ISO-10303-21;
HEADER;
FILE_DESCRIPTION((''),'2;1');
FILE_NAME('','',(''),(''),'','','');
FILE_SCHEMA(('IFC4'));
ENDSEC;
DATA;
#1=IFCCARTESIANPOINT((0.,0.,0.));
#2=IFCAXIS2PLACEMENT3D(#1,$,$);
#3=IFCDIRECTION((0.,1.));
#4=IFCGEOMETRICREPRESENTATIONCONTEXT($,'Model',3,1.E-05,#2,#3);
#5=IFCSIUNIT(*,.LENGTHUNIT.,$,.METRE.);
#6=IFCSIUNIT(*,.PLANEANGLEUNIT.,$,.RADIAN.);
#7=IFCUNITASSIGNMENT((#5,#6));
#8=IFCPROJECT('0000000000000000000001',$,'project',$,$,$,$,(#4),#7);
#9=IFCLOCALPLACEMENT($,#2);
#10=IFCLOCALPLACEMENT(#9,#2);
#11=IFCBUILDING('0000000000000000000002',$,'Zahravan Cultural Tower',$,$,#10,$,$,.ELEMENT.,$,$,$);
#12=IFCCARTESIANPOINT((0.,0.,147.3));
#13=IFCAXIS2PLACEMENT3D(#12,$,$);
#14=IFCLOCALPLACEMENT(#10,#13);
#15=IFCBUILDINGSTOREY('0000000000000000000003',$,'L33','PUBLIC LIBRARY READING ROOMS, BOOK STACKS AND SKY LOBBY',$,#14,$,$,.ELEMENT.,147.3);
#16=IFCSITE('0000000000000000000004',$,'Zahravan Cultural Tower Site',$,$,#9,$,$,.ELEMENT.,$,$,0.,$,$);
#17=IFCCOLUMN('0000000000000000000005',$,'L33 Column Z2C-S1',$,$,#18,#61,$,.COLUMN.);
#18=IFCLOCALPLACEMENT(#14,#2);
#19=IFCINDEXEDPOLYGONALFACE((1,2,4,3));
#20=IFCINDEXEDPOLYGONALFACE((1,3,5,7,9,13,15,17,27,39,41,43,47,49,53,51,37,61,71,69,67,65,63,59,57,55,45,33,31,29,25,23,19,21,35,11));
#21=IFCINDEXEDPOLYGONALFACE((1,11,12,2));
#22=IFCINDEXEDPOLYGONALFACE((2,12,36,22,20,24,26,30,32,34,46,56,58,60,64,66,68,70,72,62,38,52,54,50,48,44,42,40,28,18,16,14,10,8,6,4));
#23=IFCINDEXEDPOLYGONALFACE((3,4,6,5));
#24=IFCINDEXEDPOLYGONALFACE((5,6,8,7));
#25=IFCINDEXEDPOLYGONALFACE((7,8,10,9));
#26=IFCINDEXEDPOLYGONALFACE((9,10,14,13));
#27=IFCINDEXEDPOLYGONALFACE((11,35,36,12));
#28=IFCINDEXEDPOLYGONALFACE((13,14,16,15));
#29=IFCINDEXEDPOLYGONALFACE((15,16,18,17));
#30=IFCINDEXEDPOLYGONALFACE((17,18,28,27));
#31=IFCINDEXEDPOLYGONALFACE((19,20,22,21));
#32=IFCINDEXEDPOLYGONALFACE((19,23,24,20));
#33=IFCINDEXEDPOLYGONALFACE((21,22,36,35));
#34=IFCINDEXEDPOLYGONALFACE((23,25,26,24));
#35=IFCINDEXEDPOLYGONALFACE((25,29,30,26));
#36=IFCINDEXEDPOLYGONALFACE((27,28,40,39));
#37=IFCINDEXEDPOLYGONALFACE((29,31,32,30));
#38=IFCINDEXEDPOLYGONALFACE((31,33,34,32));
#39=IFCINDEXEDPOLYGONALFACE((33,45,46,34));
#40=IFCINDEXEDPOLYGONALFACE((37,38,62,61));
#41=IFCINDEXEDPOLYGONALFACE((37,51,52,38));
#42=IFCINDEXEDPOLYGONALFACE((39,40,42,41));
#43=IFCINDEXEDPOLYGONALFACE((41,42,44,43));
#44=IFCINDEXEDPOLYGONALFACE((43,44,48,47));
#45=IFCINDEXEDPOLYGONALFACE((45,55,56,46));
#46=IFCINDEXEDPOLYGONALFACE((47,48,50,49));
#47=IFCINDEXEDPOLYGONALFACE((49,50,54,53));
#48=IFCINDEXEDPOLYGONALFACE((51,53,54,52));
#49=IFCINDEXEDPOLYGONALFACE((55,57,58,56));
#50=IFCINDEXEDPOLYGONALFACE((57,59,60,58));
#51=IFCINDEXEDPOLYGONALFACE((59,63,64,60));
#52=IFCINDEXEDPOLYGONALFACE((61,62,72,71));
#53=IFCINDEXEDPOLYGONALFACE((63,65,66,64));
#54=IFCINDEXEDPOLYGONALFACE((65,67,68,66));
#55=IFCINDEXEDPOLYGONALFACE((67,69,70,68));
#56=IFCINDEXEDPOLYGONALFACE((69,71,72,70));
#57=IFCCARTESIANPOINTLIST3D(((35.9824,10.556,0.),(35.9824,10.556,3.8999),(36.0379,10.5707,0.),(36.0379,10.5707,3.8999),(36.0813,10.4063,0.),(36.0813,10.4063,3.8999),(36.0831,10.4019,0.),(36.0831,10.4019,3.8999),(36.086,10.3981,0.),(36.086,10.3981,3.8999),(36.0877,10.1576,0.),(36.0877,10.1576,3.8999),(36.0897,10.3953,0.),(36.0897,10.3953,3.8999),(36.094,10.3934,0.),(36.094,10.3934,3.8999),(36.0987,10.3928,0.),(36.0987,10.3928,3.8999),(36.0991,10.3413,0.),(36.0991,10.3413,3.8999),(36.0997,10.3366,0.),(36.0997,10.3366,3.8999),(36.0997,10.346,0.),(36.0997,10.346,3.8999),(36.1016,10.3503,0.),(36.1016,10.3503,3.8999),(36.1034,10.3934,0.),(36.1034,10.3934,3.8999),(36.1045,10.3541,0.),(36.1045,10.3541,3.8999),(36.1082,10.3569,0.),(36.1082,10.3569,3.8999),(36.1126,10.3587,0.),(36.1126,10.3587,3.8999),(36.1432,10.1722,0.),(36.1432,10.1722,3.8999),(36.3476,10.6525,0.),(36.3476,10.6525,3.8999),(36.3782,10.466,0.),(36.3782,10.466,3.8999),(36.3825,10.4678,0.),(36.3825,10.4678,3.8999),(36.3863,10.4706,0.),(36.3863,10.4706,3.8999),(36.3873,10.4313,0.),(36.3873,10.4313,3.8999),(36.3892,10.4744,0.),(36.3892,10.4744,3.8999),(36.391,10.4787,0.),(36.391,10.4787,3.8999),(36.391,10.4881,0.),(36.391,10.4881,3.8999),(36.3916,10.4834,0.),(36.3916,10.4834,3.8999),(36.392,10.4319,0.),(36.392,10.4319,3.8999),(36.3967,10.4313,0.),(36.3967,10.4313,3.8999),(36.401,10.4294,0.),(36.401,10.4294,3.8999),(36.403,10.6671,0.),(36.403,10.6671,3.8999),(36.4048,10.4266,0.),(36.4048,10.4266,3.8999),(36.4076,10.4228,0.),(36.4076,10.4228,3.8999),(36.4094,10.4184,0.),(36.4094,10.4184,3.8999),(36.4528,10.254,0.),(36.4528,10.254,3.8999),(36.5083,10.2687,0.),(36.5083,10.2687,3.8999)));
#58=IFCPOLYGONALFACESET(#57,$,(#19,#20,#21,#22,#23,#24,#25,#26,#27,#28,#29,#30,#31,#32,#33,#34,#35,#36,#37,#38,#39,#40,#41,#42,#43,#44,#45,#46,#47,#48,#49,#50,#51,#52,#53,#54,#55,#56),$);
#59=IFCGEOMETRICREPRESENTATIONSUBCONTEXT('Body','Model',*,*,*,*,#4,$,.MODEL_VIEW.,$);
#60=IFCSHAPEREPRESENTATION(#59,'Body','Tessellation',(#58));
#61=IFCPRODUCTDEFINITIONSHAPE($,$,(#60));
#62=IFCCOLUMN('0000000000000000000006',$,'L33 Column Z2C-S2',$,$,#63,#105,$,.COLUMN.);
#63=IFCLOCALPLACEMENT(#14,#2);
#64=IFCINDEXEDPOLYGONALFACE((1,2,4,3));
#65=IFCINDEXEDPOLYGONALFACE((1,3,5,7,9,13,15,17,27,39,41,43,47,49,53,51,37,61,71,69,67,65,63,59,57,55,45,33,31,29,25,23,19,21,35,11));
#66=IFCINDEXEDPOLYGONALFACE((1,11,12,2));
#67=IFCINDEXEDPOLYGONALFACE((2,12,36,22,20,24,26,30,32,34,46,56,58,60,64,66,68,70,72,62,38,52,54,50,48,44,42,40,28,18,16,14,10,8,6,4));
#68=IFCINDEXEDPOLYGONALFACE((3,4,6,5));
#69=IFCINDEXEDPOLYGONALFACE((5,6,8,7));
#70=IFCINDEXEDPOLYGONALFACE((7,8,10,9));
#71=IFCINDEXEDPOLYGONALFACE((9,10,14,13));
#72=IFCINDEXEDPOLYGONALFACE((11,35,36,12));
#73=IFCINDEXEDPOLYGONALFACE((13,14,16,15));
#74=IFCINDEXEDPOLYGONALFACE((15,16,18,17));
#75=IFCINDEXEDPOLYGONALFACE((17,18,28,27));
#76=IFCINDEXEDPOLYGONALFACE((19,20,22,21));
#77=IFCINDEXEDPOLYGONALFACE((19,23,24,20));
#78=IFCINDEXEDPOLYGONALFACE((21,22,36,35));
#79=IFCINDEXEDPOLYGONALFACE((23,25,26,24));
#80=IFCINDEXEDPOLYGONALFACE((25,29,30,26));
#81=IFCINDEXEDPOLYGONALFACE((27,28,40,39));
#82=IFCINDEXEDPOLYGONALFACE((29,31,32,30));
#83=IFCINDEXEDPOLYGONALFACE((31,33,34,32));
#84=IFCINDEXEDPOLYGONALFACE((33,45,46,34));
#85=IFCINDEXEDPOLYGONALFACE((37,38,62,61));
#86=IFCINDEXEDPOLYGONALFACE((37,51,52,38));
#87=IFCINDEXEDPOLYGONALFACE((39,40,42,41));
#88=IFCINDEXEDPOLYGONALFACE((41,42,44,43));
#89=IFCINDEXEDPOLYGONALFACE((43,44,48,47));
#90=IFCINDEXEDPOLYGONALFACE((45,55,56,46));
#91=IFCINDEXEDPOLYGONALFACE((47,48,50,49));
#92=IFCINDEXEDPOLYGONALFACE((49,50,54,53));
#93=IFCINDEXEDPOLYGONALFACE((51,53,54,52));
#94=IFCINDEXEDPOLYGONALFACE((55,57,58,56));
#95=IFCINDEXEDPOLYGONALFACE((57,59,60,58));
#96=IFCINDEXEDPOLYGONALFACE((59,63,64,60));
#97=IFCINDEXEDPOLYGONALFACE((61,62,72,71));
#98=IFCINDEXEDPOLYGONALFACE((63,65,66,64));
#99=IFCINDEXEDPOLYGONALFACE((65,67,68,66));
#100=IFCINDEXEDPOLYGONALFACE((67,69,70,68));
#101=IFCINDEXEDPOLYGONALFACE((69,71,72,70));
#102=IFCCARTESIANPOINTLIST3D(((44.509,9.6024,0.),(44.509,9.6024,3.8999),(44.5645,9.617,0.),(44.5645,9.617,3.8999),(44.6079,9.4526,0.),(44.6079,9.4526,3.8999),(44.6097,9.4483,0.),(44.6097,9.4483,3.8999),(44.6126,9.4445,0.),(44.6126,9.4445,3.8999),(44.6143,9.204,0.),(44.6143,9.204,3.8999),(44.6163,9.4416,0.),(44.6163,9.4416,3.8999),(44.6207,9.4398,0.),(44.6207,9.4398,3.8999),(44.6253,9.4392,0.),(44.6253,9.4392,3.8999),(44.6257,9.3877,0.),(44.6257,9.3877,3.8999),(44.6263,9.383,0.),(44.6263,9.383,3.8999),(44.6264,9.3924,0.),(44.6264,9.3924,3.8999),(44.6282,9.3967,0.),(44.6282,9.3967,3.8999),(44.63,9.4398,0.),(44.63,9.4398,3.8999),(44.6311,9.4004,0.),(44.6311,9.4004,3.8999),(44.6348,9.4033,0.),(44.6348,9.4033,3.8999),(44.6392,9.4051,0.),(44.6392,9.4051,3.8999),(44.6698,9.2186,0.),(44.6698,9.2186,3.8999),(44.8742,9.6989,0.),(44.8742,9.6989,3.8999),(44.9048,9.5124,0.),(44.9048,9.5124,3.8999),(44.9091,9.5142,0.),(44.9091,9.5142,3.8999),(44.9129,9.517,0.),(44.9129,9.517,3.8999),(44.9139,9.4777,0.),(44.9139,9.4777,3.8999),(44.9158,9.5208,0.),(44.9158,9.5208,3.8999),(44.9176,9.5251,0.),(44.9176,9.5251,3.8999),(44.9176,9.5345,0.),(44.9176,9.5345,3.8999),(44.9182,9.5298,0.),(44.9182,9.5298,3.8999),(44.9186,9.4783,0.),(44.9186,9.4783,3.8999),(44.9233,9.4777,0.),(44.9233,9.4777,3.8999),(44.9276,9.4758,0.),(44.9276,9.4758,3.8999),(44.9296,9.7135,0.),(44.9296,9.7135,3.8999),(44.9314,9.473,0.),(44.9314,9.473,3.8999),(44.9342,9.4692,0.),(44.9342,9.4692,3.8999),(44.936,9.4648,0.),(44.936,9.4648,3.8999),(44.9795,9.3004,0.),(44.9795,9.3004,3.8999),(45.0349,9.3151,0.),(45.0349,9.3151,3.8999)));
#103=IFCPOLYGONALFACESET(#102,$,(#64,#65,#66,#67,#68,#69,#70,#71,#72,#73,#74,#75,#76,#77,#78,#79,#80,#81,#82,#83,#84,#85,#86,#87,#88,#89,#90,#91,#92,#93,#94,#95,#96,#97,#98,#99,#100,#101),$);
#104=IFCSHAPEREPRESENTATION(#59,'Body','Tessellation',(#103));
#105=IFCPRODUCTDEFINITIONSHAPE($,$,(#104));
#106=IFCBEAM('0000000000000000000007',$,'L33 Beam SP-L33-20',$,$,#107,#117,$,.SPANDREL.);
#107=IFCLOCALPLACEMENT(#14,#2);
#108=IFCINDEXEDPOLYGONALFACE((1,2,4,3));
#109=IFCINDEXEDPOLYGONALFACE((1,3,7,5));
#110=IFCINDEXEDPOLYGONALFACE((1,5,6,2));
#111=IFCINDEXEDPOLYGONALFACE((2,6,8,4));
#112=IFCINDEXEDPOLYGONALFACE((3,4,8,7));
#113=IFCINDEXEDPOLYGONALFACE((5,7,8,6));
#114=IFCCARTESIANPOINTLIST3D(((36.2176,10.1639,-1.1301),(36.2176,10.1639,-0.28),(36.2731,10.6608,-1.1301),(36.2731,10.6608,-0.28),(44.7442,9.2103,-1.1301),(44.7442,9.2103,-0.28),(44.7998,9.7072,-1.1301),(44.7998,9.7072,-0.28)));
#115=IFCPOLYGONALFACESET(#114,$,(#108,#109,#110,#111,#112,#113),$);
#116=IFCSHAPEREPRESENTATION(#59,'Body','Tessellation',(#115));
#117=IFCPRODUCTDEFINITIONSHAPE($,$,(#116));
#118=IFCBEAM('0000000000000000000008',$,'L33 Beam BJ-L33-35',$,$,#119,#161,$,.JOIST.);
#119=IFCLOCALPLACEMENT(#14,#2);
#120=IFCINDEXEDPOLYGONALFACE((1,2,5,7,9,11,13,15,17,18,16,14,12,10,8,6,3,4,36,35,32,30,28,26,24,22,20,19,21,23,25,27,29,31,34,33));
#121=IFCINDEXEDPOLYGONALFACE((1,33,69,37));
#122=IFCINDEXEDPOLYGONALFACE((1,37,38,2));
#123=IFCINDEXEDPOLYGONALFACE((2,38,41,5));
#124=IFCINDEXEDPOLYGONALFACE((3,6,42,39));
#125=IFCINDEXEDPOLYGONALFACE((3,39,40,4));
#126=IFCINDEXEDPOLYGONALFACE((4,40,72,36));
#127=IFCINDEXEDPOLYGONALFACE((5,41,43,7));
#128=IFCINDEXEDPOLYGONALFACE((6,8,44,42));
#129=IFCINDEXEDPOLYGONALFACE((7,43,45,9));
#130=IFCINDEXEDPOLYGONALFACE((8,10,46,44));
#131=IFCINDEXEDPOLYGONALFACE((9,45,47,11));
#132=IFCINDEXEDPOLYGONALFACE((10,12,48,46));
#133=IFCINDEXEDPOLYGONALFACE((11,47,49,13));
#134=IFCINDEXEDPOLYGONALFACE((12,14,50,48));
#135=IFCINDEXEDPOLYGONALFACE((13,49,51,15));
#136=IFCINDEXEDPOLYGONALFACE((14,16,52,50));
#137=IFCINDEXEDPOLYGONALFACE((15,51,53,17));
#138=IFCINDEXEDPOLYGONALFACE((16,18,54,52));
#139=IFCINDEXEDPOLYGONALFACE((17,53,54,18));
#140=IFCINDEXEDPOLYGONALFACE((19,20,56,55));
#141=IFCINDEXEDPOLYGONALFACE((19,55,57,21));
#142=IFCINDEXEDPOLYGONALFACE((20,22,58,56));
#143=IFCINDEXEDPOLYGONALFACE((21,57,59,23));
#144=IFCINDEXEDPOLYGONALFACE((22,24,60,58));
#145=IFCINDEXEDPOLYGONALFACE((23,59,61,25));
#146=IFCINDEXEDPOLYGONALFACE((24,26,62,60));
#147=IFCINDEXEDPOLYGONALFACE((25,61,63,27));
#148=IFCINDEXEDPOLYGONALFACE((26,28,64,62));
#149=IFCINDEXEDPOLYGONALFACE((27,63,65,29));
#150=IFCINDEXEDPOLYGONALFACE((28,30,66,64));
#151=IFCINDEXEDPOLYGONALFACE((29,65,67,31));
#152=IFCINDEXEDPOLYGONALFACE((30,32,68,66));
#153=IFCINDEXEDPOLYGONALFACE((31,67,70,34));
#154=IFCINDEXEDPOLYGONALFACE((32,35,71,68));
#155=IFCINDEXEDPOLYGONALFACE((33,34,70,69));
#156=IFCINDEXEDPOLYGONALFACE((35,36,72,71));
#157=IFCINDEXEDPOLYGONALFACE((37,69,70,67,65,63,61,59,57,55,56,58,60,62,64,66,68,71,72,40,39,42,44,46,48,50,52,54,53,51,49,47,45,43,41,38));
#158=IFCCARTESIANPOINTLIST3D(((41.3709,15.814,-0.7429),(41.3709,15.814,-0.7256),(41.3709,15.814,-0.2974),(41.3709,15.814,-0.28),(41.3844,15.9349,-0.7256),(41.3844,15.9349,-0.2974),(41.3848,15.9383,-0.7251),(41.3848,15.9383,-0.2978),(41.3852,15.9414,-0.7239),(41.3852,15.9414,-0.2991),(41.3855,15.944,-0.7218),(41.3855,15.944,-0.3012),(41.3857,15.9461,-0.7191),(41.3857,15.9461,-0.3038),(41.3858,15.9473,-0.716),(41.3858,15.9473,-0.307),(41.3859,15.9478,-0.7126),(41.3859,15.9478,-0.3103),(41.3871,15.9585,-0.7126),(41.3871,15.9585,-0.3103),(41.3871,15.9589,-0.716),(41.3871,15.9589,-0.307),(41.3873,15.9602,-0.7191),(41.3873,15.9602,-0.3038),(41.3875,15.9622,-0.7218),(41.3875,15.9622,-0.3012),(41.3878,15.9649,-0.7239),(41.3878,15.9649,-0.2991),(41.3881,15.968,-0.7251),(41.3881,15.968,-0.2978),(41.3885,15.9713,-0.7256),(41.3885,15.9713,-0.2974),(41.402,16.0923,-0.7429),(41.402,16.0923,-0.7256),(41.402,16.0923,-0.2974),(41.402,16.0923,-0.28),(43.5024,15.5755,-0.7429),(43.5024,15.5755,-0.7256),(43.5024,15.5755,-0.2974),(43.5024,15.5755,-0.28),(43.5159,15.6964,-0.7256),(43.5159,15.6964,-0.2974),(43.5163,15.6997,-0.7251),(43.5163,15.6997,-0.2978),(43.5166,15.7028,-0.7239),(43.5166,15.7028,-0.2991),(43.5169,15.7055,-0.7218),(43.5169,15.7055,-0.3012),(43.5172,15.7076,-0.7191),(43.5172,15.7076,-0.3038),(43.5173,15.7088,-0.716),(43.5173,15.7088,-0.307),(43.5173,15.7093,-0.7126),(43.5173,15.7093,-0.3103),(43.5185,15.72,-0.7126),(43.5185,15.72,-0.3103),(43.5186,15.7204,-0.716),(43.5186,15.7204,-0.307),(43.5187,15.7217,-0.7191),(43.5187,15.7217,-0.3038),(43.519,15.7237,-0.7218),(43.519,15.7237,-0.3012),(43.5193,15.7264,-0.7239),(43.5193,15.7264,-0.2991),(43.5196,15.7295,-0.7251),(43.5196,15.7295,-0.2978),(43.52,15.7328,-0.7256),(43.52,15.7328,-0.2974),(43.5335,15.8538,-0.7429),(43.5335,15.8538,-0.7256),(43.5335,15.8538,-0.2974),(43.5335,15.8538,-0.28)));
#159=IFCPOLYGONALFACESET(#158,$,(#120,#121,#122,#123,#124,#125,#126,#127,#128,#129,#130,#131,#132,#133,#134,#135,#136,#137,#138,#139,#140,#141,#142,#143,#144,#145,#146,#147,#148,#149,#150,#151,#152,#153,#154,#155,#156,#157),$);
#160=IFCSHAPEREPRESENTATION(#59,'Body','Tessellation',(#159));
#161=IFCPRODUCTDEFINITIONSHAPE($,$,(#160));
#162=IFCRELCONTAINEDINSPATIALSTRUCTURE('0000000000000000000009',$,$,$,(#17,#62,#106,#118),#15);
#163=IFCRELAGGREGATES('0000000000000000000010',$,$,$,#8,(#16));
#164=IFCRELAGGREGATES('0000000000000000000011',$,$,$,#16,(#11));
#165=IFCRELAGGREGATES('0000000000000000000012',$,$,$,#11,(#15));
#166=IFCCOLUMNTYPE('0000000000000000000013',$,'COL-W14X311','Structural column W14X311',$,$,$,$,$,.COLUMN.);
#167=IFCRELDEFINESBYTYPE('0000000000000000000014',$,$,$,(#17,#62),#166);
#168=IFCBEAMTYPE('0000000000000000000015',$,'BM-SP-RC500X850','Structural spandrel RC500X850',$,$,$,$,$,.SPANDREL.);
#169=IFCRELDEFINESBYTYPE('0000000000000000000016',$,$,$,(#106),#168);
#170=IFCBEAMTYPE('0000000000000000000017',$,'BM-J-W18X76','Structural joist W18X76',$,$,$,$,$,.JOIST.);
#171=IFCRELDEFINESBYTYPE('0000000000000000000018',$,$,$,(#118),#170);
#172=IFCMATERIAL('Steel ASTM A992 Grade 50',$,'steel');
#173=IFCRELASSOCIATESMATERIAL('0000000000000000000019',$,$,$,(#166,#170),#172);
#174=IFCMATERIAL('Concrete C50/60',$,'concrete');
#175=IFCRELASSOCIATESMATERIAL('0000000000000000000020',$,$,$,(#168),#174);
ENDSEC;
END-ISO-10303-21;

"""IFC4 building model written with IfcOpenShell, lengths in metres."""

from ifc_helpers import new_model, si_unit, direction, frame, origin, origin_2d, place, context, subcontext, project, spatial, rectangle, i_section, extrude, source, transform, mapped, material, material_profile, profile_set, type_object, element, save


model = new_model("IFC4")

# Units and contexts
model_context = context("Model", 3, precision=1e-05, world=origin(), true_north=direction((0.0, 1.0)))
body_context = subcontext(model_context, "Body", "Model", "MODEL_VIEW")
ifc_project = project(units=[si_unit("LENGTHUNIT", "METRE"), si_unit("PLANEANGLEUNIT", "RADIAN")], contexts=[model_context])

# Site, building, storey
site_placement = place(None, origin())
site = spatial("IfcSite", under=ifc_project, at=site_placement, Name="Zahravan Cultural Tower Site", CompositionType="ELEMENT", RefElevation=0.0)
building_placement = place(site_placement, origin())
building = spatial("IfcBuilding", under=site, at=building_placement, Name="Zahravan Cultural Tower", CompositionType="ELEMENT")
storey_placement = place(building_placement, frame((0.0, 0.0, 147.3)))
storey = spatial("IfcBuildingStorey", under=building, at=storey_placement, Name="L33", Description="PUBLIC LIBRARY READING ROOMS, BOOK STACKS AND SKY LOBBY", CompositionType="ELEMENT", Elevation=147.3)

# Columns
ifc_material_1 = material(Name="Steel ASTM A992 Grade 50", Category="steel")
ifc_material_profile_1 = material_profile(ifc_material_1, i_section(OverallWidth=0.4121, OverallDepth=0.4351, WebThickness=0.0359, FlangeThickness=0.0574, FilletRadius=0.0181, at=origin_2d()), Name="W14X311")
ifc_profile_set_1 = profile_set([ifc_material_profile_1], Name="Steel ASTM A992 Grade 50")
column_type = type_object("IfcColumnType", Name="COL-W14X311", Description="Structural column W14X311", PredefinedType="COLUMN", material=ifc_profile_set_1)
shared_shape_1 = source(origin(), body_context, "Body", "SweptSolid", [
    extrude(i_section(OverallWidth=0.4121, OverallDepth=0.4351, WebThickness=0.0359, FlangeThickness=0.0574, FilletRadius=0.0181, at=origin_2d()), origin(), (0.0, 0.0, 1.0), 3.8999),
])
for number, where, z_axis, x_axis, name in (
    (1, (36.2454, 10.4124, 0.0), (0.0, 0.0, 1.0), (-0.255446, 0.966823, 0.0), "L33 Column Z2C-S1"),
    (2, (44.772, 9.4587, 0.0), (0.0, 0.0, 1.0), (-0.255446, 0.966823, 0.0), "L33 Column Z2C-S2"),
):
    element("IfcColumn", number, at=place(storey_placement, frame(where, z_axis=z_axis, x_axis=x_axis)), inside=storey, type_object=column_type, Name=name, PredefinedType="COLUMN", context=body_context, shape_type="MappedRepresentation", body=[
        mapped(shared_shape_1, transform((0.0, 0.0, 0.0), x_axis=(1.0, 0.0, 0.0), y_axis=(0.0, 1.0, 0.0), z_axis=(0.0, 0.0, 1.0), scale=1.0)),
    ])

# Beams
ifc_material_2 = material(Name="Concrete C50/60", Category="concrete")
ifc_material_profile_2 = material_profile(ifc_material_2, rectangle(XDim=0.5, YDim=0.8501, at=origin_2d()), Name="RC500X850")
ifc_profile_set_2 = profile_set([ifc_material_profile_2], Name="Concrete C50/60")
beam_type_1 = type_object("IfcBeamType", Name="BM-SP-RC500X850", Description="Structural spandrel RC500X850", PredefinedType="SPANDREL", material=ifc_profile_set_2)
shared_shape_2 = source(origin(), body_context, "Body", "SweptSolid", [
    extrude(rectangle(XDim=0.5, YDim=0.8501, at=origin_2d()), origin(), (0.0, 0.0, 1.0), 8.5798),
])
beam_1_placement = place(storey_placement, frame((36.2454, 10.4124, -0.7051), z_axis=(0.993804, -0.111147, 0.0), x_axis=(0.111147, 0.993804, 0.0)))
element("IfcBeam", 3, at=beam_1_placement, inside=storey, type_object=beam_type_1, Name="L33 Beam SP-L33-20", PredefinedType="SPANDREL", context=body_context, shape_type="MappedRepresentation", body=[
    mapped(shared_shape_2, transform((0.0, 0.0, 0.0), x_axis=(1.0, 0.0, 0.0), y_axis=(0.0, 1.0, 0.0), z_axis=(0.0, 0.0, 1.0), scale=1.0)),
])
ifc_material_profile_3 = material_profile(ifc_material_1, i_section(OverallWidth=0.28, OverallDepth=0.4629, WebThickness=0.0107, FlangeThickness=0.0173, FilletRadius=0.0129, at=origin_2d()), Name="W18X76")
ifc_profile_set_3 = profile_set([ifc_material_profile_3], Name="Steel ASTM A992 Grade 50")
beam_type_2 = type_object("IfcBeamType", Name="BM-J-W18X76", Description="Structural joist W18X76", PredefinedType="JOIST", material=ifc_profile_set_3)
shared_shape_3 = source(origin(), body_context, "Body", "SweptSolid", [
    extrude(i_section(OverallWidth=0.28, OverallDepth=0.4629, WebThickness=0.0107, FlangeThickness=0.0173, FilletRadius=0.0129, at=origin_2d()), origin(), (0.0, 0.0, 1.0), 2.1448),
])
beam_2_placement = place(storey_placement, frame((41.3865, 15.9531, -0.5115), z_axis=(0.993797, -0.111206, 0.0), x_axis=(0.111206, 0.993797, 0.0)))
element("IfcBeam", 4, at=beam_2_placement, inside=storey, type_object=beam_type_2, Name="L33 Beam BJ-L33-35", PredefinedType="JOIST", context=body_context, shape_type="MappedRepresentation", body=[
    mapped(shared_shape_3, transform((0.0, 0.0, 0.0), x_axis=(1.0, 0.0, 0.0), y_axis=(0.0, 1.0, 0.0), z_axis=(0.0, 0.0, 1.0), scale=1.0)),
])

save(model, "model.ifc")
